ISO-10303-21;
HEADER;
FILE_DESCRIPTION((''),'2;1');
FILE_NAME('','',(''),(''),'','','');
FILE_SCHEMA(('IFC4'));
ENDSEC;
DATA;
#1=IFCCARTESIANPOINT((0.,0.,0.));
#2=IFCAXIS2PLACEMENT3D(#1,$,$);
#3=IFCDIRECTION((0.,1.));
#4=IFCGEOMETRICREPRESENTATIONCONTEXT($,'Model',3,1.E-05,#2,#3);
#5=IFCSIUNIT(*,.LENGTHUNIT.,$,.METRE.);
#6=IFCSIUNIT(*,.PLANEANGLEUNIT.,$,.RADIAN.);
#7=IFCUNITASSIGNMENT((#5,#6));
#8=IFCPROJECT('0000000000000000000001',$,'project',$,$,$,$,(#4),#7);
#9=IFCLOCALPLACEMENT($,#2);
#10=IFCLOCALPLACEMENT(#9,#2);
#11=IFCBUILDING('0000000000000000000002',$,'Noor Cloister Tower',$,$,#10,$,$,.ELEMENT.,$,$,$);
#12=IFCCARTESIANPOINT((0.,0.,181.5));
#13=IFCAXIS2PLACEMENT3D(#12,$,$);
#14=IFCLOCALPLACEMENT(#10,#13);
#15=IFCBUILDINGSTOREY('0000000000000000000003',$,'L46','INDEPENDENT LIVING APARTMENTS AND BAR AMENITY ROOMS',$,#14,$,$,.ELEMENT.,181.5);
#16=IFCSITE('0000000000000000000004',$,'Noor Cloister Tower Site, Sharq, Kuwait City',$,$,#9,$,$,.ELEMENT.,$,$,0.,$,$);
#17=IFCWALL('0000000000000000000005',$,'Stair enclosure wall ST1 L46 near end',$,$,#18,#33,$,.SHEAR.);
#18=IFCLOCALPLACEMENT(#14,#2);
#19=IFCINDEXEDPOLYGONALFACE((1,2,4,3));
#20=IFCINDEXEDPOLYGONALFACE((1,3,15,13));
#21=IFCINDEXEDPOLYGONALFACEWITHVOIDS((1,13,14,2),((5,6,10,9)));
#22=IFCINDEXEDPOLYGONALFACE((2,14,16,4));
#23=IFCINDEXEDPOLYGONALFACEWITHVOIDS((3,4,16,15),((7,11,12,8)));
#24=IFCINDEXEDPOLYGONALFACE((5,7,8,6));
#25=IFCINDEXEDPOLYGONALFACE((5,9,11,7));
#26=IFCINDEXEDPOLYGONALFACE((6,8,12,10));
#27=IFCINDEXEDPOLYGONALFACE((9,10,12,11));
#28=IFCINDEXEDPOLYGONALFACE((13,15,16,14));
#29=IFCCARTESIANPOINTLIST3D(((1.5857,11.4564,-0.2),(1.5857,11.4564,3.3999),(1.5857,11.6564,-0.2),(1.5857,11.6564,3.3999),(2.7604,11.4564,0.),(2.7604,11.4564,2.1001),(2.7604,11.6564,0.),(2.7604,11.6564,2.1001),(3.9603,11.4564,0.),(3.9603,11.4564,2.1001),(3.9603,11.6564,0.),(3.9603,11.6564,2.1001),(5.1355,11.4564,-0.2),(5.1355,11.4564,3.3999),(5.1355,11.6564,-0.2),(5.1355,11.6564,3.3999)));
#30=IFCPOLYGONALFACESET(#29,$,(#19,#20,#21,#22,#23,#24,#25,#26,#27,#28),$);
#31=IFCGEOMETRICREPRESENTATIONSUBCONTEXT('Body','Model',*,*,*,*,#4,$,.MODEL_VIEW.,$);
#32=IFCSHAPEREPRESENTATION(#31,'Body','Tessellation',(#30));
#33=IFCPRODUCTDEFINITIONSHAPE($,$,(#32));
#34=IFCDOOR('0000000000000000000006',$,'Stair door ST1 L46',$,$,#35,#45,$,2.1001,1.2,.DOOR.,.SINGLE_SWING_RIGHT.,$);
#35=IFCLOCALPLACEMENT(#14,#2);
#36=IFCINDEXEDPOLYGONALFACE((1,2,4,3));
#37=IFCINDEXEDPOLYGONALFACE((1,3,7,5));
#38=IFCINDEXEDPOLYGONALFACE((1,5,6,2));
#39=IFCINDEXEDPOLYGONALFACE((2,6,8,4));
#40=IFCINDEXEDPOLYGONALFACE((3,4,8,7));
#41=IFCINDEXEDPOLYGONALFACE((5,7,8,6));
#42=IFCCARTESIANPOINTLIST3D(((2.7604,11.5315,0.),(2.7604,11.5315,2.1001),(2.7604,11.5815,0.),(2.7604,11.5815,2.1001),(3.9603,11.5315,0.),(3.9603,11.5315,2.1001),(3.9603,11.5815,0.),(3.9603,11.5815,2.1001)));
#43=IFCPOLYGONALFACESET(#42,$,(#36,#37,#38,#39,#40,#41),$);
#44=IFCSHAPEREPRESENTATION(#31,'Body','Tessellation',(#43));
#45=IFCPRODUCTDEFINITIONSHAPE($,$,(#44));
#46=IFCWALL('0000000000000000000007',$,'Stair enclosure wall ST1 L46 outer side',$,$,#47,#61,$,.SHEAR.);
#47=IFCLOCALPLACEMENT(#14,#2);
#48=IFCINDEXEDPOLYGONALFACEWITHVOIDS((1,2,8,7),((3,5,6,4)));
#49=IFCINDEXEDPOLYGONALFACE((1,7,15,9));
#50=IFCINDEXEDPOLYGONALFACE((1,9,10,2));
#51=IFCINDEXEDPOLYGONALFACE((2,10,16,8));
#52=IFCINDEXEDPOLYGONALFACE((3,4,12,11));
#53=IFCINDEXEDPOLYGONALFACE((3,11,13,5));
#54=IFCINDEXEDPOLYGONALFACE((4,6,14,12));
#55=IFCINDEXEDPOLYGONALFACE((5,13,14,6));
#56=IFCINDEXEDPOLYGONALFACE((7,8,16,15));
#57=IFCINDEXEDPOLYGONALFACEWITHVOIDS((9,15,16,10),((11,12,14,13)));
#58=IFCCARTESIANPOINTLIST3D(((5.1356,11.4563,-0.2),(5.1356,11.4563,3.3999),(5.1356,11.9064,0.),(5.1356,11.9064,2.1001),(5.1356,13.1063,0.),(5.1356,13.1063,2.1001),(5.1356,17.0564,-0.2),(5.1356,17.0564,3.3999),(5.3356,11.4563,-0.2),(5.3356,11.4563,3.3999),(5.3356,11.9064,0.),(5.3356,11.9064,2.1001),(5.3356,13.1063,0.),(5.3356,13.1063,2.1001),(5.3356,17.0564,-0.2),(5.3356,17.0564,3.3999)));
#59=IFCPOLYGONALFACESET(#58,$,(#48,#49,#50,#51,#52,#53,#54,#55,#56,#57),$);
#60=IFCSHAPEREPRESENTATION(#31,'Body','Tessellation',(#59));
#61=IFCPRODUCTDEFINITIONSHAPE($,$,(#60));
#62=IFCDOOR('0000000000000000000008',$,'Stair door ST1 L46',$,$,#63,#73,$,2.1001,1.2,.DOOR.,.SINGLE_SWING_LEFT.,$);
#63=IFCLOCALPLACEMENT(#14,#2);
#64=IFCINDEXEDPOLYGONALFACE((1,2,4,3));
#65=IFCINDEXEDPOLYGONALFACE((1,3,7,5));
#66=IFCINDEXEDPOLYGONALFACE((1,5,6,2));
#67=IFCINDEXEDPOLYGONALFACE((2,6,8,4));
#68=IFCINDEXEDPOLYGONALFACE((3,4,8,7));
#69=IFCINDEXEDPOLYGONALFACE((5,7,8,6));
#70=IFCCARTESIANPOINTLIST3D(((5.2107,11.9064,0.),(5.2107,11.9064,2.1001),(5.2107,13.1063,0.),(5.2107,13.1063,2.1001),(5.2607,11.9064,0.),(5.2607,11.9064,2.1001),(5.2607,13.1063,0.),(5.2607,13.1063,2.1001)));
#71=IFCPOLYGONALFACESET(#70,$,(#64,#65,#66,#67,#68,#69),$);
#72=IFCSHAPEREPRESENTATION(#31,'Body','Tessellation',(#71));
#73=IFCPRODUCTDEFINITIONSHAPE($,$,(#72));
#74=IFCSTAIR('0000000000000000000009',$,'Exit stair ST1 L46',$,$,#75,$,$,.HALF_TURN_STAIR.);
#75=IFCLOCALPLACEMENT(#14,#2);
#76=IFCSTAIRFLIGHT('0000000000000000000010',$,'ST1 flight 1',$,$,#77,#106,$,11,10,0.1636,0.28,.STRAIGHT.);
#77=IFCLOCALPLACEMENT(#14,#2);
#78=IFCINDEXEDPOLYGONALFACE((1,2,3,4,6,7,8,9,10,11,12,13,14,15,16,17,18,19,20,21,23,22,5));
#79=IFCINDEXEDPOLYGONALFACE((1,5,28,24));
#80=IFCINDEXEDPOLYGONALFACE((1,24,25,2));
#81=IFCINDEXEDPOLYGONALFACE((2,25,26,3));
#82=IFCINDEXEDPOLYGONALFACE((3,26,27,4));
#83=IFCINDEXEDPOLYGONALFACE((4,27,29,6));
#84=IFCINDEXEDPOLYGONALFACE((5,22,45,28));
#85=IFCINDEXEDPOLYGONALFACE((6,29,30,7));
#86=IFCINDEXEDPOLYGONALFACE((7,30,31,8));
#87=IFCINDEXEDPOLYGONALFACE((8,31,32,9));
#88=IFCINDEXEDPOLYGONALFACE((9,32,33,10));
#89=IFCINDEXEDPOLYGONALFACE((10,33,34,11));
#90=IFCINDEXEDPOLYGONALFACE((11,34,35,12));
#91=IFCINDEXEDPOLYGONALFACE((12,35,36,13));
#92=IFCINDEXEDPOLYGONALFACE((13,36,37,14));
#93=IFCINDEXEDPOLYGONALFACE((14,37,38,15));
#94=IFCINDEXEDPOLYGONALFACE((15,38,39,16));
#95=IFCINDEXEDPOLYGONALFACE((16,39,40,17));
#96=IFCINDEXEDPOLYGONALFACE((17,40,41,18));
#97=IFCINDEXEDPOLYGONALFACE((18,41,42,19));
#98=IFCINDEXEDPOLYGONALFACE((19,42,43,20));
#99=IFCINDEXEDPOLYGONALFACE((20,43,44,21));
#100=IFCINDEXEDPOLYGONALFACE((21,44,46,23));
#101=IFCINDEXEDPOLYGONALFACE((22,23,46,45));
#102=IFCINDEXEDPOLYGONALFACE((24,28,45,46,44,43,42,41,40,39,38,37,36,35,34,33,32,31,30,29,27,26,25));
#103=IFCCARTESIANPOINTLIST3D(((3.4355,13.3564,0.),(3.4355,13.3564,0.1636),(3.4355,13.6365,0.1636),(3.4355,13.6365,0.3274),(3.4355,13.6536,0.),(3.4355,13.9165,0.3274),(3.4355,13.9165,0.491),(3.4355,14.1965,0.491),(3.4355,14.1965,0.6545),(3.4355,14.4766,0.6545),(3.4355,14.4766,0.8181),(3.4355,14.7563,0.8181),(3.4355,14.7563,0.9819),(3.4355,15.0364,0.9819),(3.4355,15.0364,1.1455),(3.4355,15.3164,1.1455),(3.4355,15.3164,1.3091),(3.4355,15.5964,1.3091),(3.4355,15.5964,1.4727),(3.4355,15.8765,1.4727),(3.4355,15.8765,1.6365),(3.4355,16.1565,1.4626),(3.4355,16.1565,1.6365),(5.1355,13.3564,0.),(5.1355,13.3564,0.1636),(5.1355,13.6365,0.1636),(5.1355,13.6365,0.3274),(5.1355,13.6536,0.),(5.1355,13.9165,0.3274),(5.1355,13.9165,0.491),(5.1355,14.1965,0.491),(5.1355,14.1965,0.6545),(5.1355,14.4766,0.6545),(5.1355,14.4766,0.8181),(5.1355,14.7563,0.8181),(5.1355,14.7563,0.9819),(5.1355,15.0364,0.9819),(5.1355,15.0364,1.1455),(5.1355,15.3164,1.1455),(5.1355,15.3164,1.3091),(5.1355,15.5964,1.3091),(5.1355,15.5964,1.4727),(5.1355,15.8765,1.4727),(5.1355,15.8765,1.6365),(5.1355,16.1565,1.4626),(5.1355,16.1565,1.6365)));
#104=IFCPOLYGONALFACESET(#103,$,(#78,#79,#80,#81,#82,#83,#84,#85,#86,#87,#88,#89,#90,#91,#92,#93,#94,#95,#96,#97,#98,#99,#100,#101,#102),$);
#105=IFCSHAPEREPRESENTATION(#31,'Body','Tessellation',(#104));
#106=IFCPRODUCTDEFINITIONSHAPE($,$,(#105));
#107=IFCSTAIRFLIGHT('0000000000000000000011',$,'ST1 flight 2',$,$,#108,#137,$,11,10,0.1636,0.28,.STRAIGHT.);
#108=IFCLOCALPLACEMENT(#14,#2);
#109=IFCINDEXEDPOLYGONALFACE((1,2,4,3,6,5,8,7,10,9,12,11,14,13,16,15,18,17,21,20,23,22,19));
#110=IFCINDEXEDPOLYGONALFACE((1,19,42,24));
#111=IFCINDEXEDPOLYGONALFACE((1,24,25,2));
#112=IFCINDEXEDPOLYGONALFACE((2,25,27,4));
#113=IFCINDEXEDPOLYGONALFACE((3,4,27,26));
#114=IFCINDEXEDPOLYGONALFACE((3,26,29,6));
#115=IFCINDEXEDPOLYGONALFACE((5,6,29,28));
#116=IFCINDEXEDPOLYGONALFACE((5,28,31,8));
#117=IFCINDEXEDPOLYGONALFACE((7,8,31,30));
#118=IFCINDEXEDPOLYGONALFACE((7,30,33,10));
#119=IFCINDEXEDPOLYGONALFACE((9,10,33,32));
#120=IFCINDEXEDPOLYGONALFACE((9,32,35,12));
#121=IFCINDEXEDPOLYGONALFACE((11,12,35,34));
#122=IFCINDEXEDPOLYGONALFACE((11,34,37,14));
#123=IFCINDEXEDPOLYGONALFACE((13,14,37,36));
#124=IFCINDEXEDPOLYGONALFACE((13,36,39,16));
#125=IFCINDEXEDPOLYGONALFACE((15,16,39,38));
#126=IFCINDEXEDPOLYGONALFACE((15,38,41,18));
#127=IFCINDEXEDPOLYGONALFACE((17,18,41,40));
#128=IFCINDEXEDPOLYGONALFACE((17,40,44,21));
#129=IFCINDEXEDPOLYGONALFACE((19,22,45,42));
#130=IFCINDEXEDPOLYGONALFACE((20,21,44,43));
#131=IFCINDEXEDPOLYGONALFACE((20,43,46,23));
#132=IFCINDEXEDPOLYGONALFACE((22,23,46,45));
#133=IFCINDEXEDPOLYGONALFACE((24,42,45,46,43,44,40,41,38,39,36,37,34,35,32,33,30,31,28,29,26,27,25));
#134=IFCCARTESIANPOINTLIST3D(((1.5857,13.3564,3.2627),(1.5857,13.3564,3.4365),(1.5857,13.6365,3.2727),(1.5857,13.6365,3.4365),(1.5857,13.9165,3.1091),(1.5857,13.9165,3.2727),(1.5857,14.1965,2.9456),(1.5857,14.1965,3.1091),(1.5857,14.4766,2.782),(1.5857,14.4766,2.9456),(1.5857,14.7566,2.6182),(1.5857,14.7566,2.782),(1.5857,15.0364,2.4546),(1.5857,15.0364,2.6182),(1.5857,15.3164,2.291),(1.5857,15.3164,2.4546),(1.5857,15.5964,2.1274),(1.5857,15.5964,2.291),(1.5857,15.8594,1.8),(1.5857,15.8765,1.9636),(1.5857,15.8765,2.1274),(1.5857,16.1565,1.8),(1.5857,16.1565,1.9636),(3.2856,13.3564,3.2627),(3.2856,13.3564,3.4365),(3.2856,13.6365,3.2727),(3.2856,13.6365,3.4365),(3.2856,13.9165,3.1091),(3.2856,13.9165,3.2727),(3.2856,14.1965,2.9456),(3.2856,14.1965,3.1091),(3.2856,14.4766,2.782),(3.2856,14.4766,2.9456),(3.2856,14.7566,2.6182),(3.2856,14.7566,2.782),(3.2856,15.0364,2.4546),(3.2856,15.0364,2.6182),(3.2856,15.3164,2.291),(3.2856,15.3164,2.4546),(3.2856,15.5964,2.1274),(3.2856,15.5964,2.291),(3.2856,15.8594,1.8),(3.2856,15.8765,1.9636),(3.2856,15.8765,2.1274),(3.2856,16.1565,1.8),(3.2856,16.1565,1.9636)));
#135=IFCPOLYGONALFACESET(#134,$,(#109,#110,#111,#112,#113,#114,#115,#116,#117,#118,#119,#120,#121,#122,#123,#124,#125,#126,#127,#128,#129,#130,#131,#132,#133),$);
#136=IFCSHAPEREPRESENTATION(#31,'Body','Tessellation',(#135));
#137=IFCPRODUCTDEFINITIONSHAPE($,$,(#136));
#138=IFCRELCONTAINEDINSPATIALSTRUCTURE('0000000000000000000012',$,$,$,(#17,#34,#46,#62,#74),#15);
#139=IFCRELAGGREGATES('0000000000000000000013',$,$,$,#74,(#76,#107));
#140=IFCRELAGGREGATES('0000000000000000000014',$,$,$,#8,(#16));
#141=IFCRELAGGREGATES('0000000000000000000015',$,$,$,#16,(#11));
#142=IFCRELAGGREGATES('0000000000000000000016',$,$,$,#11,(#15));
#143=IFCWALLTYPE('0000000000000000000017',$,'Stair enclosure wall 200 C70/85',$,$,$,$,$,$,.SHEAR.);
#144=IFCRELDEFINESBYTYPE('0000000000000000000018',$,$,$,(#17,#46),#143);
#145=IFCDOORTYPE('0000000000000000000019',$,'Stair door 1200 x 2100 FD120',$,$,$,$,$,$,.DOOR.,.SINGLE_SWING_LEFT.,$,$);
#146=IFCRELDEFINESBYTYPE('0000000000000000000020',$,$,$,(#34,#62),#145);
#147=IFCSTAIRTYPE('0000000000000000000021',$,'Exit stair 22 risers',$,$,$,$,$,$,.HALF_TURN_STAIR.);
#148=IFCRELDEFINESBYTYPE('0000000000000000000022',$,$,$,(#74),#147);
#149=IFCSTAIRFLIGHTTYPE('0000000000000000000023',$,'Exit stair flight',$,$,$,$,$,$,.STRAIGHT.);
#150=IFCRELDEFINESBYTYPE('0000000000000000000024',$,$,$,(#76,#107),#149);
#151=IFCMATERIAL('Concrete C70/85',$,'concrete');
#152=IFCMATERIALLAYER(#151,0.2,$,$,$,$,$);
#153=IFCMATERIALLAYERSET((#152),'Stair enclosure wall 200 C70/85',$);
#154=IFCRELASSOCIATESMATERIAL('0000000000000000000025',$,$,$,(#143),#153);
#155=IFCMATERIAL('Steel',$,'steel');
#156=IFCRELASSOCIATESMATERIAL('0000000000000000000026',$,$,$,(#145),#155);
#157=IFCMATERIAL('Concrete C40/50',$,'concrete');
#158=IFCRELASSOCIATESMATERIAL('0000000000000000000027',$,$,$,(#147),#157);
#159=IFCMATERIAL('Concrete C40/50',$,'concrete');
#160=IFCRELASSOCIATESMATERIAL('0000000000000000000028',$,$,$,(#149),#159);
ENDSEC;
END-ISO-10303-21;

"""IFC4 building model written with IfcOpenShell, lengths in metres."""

from ifc_helpers import new_model, si_unit, direction, frame, frame_2d, origin, place, context, subcontext, project, spatial, polyline, rectangle, outline, extrude, material, layer, layer_set, type_object, element, fill, aggregate, save


model = new_model("IFC4")

# Units and contexts
model_context = context("Model", 3, precision=1e-05, world=origin(), true_north=direction((0.0, 1.0)))
body_context = subcontext(model_context, "Body", "Model", "MODEL_VIEW")
ifc_project = project(units=[si_unit("LENGTHUNIT", "METRE"), si_unit("PLANEANGLEUNIT", "RADIAN")], contexts=[model_context])

# Site, building, storey
site_placement = place(None, origin())
site = spatial("IfcSite", under=ifc_project, at=site_placement, Name="Noor Cloister Tower Site, Sharq, Kuwait City", CompositionType="ELEMENT", RefElevation=0.0)
building_placement = place(site_placement, origin())
building = spatial("IfcBuilding", under=site, at=building_placement, Name="Noor Cloister Tower", CompositionType="ELEMENT")
storey_placement = place(building_placement, frame((0.0, 0.0, 181.5)))
storey = spatial("IfcBuildingStorey", under=building, at=storey_placement, Name="L46", Description="INDEPENDENT LIVING APARTMENTS AND BAR AMENITY ROOMS", CompositionType="ELEMENT", Elevation=181.5)

# Walls, openings, doors
ifc_material_1 = material(Name="Concrete C70/85", Category="concrete")
ifc_layer_1 = layer(ifc_material_1, 0.2)
ifc_layer_set_1 = layer_set([ifc_layer_1], Name="Stair enclosure wall 200 C70/85")
wall_type_1 = type_object("IfcWallType", Name="Stair enclosure wall 200 C70/85", PredefinedType="SHEAR", material=ifc_layer_set_1)
wall_1_placement = place(storey_placement, frame((5.1355, 11.5564, -0.2), z_axis=(0.0, 0.0, 1.0), x_axis=(-1.0, 0.0, 0.0)))
wall_1 = element("IfcWall", 1, at=wall_1_placement, inside=storey, type_object=wall_type_1, Name="Stair enclosure wall ST1 L46 near end", PredefinedType="SHEAR", context=body_context, shape_type="SweptSolid", body=[
    extrude(rectangle(XDim=3.5498, YDim=0.2, at=frame_2d((1.7749, 0.0))), origin(), (0.0, 0.0, 1.0), 3.5999),
])
opening_1_placement = place(wall_1_placement, frame((1.175, 0.0, 0.2)))
opening_1 = element("IfcOpeningElement", 2, at=opening_1_placement, cuts=wall_1, PredefinedType="OPENING", context=body_context, shape_type="SweptSolid", body=[
    extrude(rectangle(XDim=1.2, YDim=2.1001, at=frame_2d((0.6001, 1.05))), frame((0.0, 0.1099, 0.0), z_axis=(0.0, -1.0, 0.0), x_axis=(1.0, 0.0, 0.0)), (0.0, 0.0, 1.0), 0.22),
])
ifc_material_2 = material(Name="Steel", Category="steel")
door_type_1 = type_object("IfcDoorType", Name="Stair door 1200 x 2100 FD120", OperationType="SINGLE_SWING_LEFT", PredefinedType="DOOR", material=ifc_material_2)
door_1_placement = place(opening_1_placement, origin())
door_1 = element("IfcDoor", 3, at=door_1_placement, inside=storey, type_object=door_type_1, Name="Stair door ST1 L46", OperationType="SINGLE_SWING_RIGHT", OverallHeight=2.1001, OverallWidth=1.2, PredefinedType="DOOR", context=body_context, shape_type="SweptSolid", body=[
    extrude(rectangle(XDim=1.2, YDim=2.1001, at=frame_2d((0.6001, 1.05))), frame((0.0, 0.0249, 0.0), z_axis=(0.0, -1.0, 0.0), x_axis=(1.0, 0.0, 0.0)), (0.0, 0.0, 1.0), 0.05),
])
fill(opening_1, door_1)
wall_2_placement = place(storey_placement, frame((5.2356, 11.4563, -0.2), z_axis=(0.0, 0.0, 1.0), x_axis=(0.0, 1.0, 0.0)))
wall_2 = element("IfcWall", 4, at=wall_2_placement, inside=storey, type_object=wall_type_1, Name="Stair enclosure wall ST1 L46 outer side", PredefinedType="SHEAR", context=body_context, shape_type="SweptSolid", body=[
    extrude(rectangle(XDim=5.6001, YDim=0.2, at=frame_2d((2.8, 0.0))), origin(), (0.0, 0.0, 1.0), 3.5999),
])
opening_2_placement = place(wall_2_placement, frame((0.45, 0.0, 0.2)))
opening_2 = element("IfcOpeningElement", 5, at=opening_2_placement, cuts=wall_2, PredefinedType="OPENING", context=body_context, shape_type="SweptSolid", body=[
    extrude(rectangle(XDim=1.2, YDim=2.1001, at=frame_2d((0.6001, 1.05))), frame((0.0, 0.1099, 0.0), z_axis=(0.0, -1.0, 0.0), x_axis=(1.0, 0.0, 0.0)), (0.0, 0.0, 1.0), 0.22),
])
door_2_placement = place(opening_2_placement, origin())
door_2 = element("IfcDoor", 6, at=door_2_placement, inside=storey, type_object=door_type_1, Name="Stair door ST1 L46", OperationType="SINGLE_SWING_LEFT", OverallHeight=2.1001, OverallWidth=1.2, PredefinedType="DOOR", context=body_context, shape_type="SweptSolid", body=[
    extrude(rectangle(XDim=1.2, YDim=2.1001, at=frame_2d((0.6001, 1.05))), frame((0.0, 0.0249, 0.0), z_axis=(0.0, -1.0, 0.0), x_axis=(1.0, 0.0, 0.0)), (0.0, 0.0, 1.0), 0.05),
])
fill(opening_2, door_2)

# Stair, stair flights
ifc_material_3 = material(Name="Concrete C40/50", Category="concrete")
stair_type = type_object("IfcStairType", Name="Exit stair 22 risers", PredefinedType="HALF_TURN_STAIR", material=ifc_material_3)
stair_placement = place(storey_placement, origin())
stair = element("IfcStair", 7, at=stair_placement, inside=storey, type_object=stair_type, Name="Exit stair ST1 L46", PredefinedType="HALF_TURN_STAIR")
ifc_material_4 = material(Name="Concrete C40/50", Category="concrete")
stair_flight_type = type_object("IfcStairFlightType", Name="Exit stair flight", PredefinedType="STRAIGHT", material=ifc_material_4)
stair_flight_1_placement = place(storey_placement, frame((4.2856, 13.3564, 0.0), z_axis=(0.0, 0.0, 1.0), x_axis=(0.0, 1.0, 0.0)))
stair_flight_1 = element("IfcStairFlight", 8, at=stair_flight_1_placement, type_object=stair_flight_type, Name="ST1 flight 1", NumberOfRisers=11, NumberOfTreads=10, PredefinedType="STRAIGHT", RiserHeight=0.1636, TreadLength=0.28, context=body_context, shape_type="SweptSolid", body=[
    extrude(outline(polyline([(0.0, 0.0), (0.0, 0.1636), (0.28, 0.1636), (0.28, 0.3274), (0.5601, 0.3274), (0.5601, 0.491), (0.8401, 0.491), (0.8401, 0.6545), (1.1201, 0.6545), (1.1201, 0.8181), (1.3999, 0.8181), (1.3999, 0.9819), (1.6799, 0.9819), (1.6799, 1.1455), (1.96, 1.1455), (1.96, 1.3091), (2.24, 1.3091), (2.24, 1.4727), (2.52, 1.4727), (2.52, 1.6365), (2.8, 1.6365), (2.8, 1.8), (2.8, 1.4626), (0.2971, 0.0), (0.0, 0.0)])), frame((0.0, 0.8501, 0.0), z_axis=(0.0, -1.0, 0.0), x_axis=(1.0, 0.0, 0.0)), (0.0, 0.0, 1.0), 1.7),
])
stair_flight_2_placement = place(storey_placement, frame((2.4355, 16.1565, 1.8), z_axis=(0.0, 0.0, 1.0), x_axis=(0.0, -1.0, 0.0)))
stair_flight_2 = element("IfcStairFlight", 9, at=stair_flight_2_placement, type_object=stair_flight_type, Name="ST1 flight 2", NumberOfRisers=11, NumberOfTreads=10, PredefinedType="STRAIGHT", RiserHeight=0.1636, TreadLength=0.28, context=body_context, shape_type="SweptSolid", body=[
    extrude(outline(polyline([(0.0, 0.0), (0.0, 0.1636), (0.28, 0.1636), (0.28, 0.3274), (0.5601, 0.3274), (0.5601, 0.491), (0.8401, 0.491), (0.8401, 0.6545), (1.1201, 0.6545), (1.1201, 0.8181), (1.3999, 0.8181), (1.3999, 0.9819), (1.6799, 0.9819), (1.6799, 1.1455), (1.96, 1.1455), (1.96, 1.3091), (2.24, 1.3091), (2.24, 1.4727), (2.52, 1.4727), (2.52, 1.6365), (2.8, 1.6365), (2.8, 1.8), (2.8, 1.4626), (0.2971, 0.0), (0.0, 0.0)])), frame((0.0, 0.8501, 0.0), z_axis=(0.0, -1.0, 0.0), x_axis=(1.0, 0.0, 0.0)), (0.0, 0.0, 1.0), 1.7),
])
aggregate(stair, [stair_flight_1, stair_flight_2])

save(model, "model.ifc")
